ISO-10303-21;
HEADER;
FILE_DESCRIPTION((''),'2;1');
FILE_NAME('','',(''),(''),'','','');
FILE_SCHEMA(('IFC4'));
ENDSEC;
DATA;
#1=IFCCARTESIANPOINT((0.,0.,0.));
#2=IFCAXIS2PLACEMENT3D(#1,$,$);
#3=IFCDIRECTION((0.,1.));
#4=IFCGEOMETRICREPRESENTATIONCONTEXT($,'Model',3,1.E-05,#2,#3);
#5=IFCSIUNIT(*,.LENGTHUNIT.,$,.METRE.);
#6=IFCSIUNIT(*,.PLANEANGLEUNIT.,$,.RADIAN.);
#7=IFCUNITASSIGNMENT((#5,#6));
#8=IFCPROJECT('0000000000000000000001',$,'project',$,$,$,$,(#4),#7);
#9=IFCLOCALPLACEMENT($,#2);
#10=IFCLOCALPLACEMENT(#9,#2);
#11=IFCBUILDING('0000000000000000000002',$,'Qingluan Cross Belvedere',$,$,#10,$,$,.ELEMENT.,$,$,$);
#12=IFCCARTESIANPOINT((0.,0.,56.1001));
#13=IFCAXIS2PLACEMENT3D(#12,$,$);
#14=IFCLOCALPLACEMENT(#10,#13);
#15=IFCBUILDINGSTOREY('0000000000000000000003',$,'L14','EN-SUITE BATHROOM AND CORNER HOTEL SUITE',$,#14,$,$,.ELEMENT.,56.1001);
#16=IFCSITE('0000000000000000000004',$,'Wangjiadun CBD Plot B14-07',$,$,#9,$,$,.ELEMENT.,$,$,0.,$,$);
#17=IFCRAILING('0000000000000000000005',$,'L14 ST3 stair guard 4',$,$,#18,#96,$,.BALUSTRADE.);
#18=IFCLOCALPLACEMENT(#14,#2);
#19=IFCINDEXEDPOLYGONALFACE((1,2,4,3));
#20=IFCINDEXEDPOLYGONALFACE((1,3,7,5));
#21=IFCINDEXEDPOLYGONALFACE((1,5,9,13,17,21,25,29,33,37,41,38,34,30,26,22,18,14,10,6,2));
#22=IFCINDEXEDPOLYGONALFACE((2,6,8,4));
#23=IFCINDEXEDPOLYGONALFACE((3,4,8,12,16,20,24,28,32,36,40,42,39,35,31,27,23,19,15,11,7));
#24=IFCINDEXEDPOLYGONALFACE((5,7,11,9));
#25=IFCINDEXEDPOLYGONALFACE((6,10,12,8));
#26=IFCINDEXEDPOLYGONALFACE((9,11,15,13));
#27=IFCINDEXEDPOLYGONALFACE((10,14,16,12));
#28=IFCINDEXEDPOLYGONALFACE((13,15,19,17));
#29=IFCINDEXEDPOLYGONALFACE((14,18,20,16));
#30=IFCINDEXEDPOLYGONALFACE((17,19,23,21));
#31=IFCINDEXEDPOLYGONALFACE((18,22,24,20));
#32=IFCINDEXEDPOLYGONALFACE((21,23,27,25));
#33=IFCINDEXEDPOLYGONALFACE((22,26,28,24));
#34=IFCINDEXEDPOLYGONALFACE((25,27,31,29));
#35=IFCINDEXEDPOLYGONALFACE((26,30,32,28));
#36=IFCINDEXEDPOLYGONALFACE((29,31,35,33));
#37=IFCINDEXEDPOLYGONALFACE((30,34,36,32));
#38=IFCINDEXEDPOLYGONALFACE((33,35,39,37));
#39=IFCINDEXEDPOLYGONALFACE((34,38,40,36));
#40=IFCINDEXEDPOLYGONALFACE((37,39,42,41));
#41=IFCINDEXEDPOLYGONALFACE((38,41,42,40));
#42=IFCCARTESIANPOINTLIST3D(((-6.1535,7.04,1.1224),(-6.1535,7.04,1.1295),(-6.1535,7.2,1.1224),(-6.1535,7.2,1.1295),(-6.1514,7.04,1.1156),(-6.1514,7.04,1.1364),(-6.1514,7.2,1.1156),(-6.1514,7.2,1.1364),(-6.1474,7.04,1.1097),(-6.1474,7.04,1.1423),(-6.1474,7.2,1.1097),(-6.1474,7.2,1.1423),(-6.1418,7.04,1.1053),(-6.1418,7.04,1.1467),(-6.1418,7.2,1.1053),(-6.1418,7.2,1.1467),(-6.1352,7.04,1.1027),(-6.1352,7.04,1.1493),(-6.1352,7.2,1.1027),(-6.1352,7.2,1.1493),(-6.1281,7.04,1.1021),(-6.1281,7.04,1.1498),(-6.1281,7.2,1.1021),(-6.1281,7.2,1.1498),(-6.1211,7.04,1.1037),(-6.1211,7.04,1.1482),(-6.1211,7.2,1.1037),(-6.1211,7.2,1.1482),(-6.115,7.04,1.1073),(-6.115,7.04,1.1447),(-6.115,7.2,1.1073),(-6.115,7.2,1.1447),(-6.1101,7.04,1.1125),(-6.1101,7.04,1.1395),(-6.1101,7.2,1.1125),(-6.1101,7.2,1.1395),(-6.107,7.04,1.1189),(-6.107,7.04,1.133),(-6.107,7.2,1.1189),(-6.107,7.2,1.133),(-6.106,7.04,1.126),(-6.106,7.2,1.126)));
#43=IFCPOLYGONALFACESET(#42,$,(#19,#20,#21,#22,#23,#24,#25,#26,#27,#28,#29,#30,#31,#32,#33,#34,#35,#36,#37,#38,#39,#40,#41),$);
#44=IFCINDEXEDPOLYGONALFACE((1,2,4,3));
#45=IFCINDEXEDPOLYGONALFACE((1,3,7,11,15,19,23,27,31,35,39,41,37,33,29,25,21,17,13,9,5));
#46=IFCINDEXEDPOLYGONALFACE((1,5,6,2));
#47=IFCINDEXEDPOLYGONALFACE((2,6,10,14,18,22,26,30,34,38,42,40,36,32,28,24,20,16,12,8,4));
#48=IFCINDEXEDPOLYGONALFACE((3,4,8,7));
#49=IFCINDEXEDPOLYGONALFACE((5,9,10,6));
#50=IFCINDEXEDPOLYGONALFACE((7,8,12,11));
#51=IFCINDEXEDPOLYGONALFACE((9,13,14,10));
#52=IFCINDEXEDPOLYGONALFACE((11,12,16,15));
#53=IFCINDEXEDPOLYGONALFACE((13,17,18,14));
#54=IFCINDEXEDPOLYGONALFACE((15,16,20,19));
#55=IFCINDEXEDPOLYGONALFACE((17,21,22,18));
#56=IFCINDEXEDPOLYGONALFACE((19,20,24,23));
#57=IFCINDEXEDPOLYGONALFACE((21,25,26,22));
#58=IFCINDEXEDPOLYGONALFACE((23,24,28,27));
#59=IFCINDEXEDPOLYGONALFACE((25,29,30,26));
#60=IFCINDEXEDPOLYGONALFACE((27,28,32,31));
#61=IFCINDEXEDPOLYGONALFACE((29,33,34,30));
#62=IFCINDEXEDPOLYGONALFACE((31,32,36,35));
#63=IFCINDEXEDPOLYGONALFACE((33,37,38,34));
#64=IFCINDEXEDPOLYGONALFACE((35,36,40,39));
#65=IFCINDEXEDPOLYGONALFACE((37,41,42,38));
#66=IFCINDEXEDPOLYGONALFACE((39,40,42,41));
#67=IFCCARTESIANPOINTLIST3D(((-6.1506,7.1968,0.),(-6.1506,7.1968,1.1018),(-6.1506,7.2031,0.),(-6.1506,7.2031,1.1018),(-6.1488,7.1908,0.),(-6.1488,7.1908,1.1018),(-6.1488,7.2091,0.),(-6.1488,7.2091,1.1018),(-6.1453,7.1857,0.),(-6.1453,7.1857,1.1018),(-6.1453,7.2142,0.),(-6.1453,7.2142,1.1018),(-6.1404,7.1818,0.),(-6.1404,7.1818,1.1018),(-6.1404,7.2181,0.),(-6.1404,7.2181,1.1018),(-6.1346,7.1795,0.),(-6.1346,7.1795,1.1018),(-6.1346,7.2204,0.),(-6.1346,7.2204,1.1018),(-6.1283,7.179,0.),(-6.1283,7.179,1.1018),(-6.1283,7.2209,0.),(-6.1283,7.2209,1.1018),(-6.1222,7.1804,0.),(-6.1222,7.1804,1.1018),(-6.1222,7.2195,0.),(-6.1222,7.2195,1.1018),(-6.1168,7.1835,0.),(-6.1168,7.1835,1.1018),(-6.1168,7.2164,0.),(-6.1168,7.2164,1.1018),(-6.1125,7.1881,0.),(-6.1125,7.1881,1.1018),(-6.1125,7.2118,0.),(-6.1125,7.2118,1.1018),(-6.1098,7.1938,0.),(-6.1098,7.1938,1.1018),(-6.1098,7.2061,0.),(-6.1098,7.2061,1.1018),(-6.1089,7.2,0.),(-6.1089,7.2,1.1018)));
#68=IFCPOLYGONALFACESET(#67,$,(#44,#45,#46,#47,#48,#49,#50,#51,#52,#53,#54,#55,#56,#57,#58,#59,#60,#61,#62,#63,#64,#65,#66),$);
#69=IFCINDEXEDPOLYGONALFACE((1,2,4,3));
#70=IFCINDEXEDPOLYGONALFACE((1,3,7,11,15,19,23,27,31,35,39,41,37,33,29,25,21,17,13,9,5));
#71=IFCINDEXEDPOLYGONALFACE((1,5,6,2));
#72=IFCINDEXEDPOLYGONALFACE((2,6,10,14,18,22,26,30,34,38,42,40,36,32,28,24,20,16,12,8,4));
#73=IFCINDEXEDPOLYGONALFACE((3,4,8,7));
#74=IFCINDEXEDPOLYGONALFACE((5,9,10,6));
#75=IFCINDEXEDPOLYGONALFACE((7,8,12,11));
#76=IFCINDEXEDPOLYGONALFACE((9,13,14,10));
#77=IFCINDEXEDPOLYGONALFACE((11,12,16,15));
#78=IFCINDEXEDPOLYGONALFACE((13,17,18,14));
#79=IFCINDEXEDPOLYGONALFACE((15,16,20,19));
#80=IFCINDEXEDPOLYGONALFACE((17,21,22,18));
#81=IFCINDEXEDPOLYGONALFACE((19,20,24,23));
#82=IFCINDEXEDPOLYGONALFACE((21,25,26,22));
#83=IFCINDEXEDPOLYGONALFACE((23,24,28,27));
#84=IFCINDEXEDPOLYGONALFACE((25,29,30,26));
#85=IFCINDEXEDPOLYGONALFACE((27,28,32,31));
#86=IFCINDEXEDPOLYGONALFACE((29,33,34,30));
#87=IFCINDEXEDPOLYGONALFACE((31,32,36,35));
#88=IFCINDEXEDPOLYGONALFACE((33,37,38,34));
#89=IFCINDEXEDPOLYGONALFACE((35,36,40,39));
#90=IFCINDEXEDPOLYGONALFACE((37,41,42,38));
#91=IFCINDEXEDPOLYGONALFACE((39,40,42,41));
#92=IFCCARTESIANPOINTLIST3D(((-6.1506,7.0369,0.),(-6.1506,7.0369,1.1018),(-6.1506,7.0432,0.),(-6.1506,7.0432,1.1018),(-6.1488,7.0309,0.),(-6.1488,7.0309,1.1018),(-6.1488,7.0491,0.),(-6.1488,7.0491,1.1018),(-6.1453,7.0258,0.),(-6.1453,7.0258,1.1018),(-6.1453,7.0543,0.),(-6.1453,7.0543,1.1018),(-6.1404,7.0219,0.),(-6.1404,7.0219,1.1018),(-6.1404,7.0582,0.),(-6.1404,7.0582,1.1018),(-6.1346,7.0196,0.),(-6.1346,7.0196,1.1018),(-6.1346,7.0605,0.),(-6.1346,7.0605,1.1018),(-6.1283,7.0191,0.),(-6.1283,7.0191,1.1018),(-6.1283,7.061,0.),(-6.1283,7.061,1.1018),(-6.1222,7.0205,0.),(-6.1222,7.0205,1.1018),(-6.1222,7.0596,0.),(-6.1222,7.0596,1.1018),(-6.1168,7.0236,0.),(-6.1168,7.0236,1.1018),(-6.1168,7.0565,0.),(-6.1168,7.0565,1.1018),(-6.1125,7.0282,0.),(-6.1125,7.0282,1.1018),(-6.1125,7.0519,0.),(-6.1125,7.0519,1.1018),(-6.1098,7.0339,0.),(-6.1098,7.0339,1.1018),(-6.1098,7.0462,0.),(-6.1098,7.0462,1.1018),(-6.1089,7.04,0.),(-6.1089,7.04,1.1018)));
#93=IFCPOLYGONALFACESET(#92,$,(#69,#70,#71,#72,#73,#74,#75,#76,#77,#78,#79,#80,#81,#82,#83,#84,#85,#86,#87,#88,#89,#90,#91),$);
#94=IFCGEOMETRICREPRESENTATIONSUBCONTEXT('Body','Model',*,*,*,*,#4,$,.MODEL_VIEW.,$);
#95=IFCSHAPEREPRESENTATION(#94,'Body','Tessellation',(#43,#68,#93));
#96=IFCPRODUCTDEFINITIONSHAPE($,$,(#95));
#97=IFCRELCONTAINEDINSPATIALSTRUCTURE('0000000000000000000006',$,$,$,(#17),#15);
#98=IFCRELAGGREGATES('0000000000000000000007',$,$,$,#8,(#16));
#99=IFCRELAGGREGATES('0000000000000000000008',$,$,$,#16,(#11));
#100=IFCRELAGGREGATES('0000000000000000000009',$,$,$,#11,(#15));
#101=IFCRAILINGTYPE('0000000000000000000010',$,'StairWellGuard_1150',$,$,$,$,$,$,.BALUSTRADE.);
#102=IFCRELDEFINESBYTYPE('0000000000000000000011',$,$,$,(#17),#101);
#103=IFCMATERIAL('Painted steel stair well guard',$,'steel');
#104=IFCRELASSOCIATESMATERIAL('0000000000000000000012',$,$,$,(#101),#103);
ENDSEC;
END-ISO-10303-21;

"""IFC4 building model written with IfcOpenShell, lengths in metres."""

from ifc_helpers import new_model, si_unit, direction, frame, origin, origin_2d, place, context, subcontext, project, spatial, circle, extrude, material, type_object, element, save


model = new_model("IFC4")

# Units and contexts
model_context = context("Model", 3, precision=1e-05, world=origin(), true_north=direction((0.0, 1.0)))
body_context = subcontext(model_context, "Body", "Model", "MODEL_VIEW")
ifc_project = project(units=[si_unit("LENGTHUNIT", "METRE"), si_unit("PLANEANGLEUNIT", "RADIAN")], contexts=[model_context])

# Site, building, storey
site_placement = place(None, origin())
site = spatial("IfcSite", under=ifc_project, at=site_placement, Name="Wangjiadun CBD Plot B14-07", CompositionType="ELEMENT", RefElevation=0.0)
building_placement = place(site_placement, origin())
building = spatial("IfcBuilding", under=site, at=building_placement, Name="Qingluan Cross Belvedere", CompositionType="ELEMENT")
storey_placement = place(building_placement, frame((0.0, 0.0, 56.1001)))
storey = spatial("IfcBuildingStorey", under=building, at=storey_placement, Name="L14", Description="EN-SUITE BATHROOM AND CORNER HOTEL SUITE", CompositionType="ELEMENT", Elevation=56.1001)

# Railing
ifc_material_1 = material(Name="Painted steel stair well guard", Category="steel")
railing_type_1 = type_object("IfcRailingType", Name="StairWellGuard_1150", PredefinedType="BALUSTRADE", material=ifc_material_1)
railing_1_placement = place(storey_placement, frame((-6.1299, 7.2, 0.0)))
element("IfcRailing", 1, at=railing_1_placement, inside=storey, type_object=railing_type_1, Name="L14 ST3 stair guard 4", PredefinedType="BALUSTRADE", context=body_context, shape_type="SweptSolid", body=[
    extrude(circle(Radius=0.0239, at=origin_2d()), frame((0.0, 0.0, 1.126), z_axis=(0.0, -1.0, 0.0), x_axis=(1.0, 0.0, 0.0)), (0.0, 0.0, 1.0), 0.1599),
    extrude(circle(Radius=0.021, at=origin_2d()), origin(), (0.0, 0.0, 1.0), 1.1018),
    extrude(circle(Radius=0.021, at=origin_2d()), frame((0.0, -0.1599, 0.0)), (0.0, 0.0, 1.0), 1.1018),
])

save(model, "model.ifc")
